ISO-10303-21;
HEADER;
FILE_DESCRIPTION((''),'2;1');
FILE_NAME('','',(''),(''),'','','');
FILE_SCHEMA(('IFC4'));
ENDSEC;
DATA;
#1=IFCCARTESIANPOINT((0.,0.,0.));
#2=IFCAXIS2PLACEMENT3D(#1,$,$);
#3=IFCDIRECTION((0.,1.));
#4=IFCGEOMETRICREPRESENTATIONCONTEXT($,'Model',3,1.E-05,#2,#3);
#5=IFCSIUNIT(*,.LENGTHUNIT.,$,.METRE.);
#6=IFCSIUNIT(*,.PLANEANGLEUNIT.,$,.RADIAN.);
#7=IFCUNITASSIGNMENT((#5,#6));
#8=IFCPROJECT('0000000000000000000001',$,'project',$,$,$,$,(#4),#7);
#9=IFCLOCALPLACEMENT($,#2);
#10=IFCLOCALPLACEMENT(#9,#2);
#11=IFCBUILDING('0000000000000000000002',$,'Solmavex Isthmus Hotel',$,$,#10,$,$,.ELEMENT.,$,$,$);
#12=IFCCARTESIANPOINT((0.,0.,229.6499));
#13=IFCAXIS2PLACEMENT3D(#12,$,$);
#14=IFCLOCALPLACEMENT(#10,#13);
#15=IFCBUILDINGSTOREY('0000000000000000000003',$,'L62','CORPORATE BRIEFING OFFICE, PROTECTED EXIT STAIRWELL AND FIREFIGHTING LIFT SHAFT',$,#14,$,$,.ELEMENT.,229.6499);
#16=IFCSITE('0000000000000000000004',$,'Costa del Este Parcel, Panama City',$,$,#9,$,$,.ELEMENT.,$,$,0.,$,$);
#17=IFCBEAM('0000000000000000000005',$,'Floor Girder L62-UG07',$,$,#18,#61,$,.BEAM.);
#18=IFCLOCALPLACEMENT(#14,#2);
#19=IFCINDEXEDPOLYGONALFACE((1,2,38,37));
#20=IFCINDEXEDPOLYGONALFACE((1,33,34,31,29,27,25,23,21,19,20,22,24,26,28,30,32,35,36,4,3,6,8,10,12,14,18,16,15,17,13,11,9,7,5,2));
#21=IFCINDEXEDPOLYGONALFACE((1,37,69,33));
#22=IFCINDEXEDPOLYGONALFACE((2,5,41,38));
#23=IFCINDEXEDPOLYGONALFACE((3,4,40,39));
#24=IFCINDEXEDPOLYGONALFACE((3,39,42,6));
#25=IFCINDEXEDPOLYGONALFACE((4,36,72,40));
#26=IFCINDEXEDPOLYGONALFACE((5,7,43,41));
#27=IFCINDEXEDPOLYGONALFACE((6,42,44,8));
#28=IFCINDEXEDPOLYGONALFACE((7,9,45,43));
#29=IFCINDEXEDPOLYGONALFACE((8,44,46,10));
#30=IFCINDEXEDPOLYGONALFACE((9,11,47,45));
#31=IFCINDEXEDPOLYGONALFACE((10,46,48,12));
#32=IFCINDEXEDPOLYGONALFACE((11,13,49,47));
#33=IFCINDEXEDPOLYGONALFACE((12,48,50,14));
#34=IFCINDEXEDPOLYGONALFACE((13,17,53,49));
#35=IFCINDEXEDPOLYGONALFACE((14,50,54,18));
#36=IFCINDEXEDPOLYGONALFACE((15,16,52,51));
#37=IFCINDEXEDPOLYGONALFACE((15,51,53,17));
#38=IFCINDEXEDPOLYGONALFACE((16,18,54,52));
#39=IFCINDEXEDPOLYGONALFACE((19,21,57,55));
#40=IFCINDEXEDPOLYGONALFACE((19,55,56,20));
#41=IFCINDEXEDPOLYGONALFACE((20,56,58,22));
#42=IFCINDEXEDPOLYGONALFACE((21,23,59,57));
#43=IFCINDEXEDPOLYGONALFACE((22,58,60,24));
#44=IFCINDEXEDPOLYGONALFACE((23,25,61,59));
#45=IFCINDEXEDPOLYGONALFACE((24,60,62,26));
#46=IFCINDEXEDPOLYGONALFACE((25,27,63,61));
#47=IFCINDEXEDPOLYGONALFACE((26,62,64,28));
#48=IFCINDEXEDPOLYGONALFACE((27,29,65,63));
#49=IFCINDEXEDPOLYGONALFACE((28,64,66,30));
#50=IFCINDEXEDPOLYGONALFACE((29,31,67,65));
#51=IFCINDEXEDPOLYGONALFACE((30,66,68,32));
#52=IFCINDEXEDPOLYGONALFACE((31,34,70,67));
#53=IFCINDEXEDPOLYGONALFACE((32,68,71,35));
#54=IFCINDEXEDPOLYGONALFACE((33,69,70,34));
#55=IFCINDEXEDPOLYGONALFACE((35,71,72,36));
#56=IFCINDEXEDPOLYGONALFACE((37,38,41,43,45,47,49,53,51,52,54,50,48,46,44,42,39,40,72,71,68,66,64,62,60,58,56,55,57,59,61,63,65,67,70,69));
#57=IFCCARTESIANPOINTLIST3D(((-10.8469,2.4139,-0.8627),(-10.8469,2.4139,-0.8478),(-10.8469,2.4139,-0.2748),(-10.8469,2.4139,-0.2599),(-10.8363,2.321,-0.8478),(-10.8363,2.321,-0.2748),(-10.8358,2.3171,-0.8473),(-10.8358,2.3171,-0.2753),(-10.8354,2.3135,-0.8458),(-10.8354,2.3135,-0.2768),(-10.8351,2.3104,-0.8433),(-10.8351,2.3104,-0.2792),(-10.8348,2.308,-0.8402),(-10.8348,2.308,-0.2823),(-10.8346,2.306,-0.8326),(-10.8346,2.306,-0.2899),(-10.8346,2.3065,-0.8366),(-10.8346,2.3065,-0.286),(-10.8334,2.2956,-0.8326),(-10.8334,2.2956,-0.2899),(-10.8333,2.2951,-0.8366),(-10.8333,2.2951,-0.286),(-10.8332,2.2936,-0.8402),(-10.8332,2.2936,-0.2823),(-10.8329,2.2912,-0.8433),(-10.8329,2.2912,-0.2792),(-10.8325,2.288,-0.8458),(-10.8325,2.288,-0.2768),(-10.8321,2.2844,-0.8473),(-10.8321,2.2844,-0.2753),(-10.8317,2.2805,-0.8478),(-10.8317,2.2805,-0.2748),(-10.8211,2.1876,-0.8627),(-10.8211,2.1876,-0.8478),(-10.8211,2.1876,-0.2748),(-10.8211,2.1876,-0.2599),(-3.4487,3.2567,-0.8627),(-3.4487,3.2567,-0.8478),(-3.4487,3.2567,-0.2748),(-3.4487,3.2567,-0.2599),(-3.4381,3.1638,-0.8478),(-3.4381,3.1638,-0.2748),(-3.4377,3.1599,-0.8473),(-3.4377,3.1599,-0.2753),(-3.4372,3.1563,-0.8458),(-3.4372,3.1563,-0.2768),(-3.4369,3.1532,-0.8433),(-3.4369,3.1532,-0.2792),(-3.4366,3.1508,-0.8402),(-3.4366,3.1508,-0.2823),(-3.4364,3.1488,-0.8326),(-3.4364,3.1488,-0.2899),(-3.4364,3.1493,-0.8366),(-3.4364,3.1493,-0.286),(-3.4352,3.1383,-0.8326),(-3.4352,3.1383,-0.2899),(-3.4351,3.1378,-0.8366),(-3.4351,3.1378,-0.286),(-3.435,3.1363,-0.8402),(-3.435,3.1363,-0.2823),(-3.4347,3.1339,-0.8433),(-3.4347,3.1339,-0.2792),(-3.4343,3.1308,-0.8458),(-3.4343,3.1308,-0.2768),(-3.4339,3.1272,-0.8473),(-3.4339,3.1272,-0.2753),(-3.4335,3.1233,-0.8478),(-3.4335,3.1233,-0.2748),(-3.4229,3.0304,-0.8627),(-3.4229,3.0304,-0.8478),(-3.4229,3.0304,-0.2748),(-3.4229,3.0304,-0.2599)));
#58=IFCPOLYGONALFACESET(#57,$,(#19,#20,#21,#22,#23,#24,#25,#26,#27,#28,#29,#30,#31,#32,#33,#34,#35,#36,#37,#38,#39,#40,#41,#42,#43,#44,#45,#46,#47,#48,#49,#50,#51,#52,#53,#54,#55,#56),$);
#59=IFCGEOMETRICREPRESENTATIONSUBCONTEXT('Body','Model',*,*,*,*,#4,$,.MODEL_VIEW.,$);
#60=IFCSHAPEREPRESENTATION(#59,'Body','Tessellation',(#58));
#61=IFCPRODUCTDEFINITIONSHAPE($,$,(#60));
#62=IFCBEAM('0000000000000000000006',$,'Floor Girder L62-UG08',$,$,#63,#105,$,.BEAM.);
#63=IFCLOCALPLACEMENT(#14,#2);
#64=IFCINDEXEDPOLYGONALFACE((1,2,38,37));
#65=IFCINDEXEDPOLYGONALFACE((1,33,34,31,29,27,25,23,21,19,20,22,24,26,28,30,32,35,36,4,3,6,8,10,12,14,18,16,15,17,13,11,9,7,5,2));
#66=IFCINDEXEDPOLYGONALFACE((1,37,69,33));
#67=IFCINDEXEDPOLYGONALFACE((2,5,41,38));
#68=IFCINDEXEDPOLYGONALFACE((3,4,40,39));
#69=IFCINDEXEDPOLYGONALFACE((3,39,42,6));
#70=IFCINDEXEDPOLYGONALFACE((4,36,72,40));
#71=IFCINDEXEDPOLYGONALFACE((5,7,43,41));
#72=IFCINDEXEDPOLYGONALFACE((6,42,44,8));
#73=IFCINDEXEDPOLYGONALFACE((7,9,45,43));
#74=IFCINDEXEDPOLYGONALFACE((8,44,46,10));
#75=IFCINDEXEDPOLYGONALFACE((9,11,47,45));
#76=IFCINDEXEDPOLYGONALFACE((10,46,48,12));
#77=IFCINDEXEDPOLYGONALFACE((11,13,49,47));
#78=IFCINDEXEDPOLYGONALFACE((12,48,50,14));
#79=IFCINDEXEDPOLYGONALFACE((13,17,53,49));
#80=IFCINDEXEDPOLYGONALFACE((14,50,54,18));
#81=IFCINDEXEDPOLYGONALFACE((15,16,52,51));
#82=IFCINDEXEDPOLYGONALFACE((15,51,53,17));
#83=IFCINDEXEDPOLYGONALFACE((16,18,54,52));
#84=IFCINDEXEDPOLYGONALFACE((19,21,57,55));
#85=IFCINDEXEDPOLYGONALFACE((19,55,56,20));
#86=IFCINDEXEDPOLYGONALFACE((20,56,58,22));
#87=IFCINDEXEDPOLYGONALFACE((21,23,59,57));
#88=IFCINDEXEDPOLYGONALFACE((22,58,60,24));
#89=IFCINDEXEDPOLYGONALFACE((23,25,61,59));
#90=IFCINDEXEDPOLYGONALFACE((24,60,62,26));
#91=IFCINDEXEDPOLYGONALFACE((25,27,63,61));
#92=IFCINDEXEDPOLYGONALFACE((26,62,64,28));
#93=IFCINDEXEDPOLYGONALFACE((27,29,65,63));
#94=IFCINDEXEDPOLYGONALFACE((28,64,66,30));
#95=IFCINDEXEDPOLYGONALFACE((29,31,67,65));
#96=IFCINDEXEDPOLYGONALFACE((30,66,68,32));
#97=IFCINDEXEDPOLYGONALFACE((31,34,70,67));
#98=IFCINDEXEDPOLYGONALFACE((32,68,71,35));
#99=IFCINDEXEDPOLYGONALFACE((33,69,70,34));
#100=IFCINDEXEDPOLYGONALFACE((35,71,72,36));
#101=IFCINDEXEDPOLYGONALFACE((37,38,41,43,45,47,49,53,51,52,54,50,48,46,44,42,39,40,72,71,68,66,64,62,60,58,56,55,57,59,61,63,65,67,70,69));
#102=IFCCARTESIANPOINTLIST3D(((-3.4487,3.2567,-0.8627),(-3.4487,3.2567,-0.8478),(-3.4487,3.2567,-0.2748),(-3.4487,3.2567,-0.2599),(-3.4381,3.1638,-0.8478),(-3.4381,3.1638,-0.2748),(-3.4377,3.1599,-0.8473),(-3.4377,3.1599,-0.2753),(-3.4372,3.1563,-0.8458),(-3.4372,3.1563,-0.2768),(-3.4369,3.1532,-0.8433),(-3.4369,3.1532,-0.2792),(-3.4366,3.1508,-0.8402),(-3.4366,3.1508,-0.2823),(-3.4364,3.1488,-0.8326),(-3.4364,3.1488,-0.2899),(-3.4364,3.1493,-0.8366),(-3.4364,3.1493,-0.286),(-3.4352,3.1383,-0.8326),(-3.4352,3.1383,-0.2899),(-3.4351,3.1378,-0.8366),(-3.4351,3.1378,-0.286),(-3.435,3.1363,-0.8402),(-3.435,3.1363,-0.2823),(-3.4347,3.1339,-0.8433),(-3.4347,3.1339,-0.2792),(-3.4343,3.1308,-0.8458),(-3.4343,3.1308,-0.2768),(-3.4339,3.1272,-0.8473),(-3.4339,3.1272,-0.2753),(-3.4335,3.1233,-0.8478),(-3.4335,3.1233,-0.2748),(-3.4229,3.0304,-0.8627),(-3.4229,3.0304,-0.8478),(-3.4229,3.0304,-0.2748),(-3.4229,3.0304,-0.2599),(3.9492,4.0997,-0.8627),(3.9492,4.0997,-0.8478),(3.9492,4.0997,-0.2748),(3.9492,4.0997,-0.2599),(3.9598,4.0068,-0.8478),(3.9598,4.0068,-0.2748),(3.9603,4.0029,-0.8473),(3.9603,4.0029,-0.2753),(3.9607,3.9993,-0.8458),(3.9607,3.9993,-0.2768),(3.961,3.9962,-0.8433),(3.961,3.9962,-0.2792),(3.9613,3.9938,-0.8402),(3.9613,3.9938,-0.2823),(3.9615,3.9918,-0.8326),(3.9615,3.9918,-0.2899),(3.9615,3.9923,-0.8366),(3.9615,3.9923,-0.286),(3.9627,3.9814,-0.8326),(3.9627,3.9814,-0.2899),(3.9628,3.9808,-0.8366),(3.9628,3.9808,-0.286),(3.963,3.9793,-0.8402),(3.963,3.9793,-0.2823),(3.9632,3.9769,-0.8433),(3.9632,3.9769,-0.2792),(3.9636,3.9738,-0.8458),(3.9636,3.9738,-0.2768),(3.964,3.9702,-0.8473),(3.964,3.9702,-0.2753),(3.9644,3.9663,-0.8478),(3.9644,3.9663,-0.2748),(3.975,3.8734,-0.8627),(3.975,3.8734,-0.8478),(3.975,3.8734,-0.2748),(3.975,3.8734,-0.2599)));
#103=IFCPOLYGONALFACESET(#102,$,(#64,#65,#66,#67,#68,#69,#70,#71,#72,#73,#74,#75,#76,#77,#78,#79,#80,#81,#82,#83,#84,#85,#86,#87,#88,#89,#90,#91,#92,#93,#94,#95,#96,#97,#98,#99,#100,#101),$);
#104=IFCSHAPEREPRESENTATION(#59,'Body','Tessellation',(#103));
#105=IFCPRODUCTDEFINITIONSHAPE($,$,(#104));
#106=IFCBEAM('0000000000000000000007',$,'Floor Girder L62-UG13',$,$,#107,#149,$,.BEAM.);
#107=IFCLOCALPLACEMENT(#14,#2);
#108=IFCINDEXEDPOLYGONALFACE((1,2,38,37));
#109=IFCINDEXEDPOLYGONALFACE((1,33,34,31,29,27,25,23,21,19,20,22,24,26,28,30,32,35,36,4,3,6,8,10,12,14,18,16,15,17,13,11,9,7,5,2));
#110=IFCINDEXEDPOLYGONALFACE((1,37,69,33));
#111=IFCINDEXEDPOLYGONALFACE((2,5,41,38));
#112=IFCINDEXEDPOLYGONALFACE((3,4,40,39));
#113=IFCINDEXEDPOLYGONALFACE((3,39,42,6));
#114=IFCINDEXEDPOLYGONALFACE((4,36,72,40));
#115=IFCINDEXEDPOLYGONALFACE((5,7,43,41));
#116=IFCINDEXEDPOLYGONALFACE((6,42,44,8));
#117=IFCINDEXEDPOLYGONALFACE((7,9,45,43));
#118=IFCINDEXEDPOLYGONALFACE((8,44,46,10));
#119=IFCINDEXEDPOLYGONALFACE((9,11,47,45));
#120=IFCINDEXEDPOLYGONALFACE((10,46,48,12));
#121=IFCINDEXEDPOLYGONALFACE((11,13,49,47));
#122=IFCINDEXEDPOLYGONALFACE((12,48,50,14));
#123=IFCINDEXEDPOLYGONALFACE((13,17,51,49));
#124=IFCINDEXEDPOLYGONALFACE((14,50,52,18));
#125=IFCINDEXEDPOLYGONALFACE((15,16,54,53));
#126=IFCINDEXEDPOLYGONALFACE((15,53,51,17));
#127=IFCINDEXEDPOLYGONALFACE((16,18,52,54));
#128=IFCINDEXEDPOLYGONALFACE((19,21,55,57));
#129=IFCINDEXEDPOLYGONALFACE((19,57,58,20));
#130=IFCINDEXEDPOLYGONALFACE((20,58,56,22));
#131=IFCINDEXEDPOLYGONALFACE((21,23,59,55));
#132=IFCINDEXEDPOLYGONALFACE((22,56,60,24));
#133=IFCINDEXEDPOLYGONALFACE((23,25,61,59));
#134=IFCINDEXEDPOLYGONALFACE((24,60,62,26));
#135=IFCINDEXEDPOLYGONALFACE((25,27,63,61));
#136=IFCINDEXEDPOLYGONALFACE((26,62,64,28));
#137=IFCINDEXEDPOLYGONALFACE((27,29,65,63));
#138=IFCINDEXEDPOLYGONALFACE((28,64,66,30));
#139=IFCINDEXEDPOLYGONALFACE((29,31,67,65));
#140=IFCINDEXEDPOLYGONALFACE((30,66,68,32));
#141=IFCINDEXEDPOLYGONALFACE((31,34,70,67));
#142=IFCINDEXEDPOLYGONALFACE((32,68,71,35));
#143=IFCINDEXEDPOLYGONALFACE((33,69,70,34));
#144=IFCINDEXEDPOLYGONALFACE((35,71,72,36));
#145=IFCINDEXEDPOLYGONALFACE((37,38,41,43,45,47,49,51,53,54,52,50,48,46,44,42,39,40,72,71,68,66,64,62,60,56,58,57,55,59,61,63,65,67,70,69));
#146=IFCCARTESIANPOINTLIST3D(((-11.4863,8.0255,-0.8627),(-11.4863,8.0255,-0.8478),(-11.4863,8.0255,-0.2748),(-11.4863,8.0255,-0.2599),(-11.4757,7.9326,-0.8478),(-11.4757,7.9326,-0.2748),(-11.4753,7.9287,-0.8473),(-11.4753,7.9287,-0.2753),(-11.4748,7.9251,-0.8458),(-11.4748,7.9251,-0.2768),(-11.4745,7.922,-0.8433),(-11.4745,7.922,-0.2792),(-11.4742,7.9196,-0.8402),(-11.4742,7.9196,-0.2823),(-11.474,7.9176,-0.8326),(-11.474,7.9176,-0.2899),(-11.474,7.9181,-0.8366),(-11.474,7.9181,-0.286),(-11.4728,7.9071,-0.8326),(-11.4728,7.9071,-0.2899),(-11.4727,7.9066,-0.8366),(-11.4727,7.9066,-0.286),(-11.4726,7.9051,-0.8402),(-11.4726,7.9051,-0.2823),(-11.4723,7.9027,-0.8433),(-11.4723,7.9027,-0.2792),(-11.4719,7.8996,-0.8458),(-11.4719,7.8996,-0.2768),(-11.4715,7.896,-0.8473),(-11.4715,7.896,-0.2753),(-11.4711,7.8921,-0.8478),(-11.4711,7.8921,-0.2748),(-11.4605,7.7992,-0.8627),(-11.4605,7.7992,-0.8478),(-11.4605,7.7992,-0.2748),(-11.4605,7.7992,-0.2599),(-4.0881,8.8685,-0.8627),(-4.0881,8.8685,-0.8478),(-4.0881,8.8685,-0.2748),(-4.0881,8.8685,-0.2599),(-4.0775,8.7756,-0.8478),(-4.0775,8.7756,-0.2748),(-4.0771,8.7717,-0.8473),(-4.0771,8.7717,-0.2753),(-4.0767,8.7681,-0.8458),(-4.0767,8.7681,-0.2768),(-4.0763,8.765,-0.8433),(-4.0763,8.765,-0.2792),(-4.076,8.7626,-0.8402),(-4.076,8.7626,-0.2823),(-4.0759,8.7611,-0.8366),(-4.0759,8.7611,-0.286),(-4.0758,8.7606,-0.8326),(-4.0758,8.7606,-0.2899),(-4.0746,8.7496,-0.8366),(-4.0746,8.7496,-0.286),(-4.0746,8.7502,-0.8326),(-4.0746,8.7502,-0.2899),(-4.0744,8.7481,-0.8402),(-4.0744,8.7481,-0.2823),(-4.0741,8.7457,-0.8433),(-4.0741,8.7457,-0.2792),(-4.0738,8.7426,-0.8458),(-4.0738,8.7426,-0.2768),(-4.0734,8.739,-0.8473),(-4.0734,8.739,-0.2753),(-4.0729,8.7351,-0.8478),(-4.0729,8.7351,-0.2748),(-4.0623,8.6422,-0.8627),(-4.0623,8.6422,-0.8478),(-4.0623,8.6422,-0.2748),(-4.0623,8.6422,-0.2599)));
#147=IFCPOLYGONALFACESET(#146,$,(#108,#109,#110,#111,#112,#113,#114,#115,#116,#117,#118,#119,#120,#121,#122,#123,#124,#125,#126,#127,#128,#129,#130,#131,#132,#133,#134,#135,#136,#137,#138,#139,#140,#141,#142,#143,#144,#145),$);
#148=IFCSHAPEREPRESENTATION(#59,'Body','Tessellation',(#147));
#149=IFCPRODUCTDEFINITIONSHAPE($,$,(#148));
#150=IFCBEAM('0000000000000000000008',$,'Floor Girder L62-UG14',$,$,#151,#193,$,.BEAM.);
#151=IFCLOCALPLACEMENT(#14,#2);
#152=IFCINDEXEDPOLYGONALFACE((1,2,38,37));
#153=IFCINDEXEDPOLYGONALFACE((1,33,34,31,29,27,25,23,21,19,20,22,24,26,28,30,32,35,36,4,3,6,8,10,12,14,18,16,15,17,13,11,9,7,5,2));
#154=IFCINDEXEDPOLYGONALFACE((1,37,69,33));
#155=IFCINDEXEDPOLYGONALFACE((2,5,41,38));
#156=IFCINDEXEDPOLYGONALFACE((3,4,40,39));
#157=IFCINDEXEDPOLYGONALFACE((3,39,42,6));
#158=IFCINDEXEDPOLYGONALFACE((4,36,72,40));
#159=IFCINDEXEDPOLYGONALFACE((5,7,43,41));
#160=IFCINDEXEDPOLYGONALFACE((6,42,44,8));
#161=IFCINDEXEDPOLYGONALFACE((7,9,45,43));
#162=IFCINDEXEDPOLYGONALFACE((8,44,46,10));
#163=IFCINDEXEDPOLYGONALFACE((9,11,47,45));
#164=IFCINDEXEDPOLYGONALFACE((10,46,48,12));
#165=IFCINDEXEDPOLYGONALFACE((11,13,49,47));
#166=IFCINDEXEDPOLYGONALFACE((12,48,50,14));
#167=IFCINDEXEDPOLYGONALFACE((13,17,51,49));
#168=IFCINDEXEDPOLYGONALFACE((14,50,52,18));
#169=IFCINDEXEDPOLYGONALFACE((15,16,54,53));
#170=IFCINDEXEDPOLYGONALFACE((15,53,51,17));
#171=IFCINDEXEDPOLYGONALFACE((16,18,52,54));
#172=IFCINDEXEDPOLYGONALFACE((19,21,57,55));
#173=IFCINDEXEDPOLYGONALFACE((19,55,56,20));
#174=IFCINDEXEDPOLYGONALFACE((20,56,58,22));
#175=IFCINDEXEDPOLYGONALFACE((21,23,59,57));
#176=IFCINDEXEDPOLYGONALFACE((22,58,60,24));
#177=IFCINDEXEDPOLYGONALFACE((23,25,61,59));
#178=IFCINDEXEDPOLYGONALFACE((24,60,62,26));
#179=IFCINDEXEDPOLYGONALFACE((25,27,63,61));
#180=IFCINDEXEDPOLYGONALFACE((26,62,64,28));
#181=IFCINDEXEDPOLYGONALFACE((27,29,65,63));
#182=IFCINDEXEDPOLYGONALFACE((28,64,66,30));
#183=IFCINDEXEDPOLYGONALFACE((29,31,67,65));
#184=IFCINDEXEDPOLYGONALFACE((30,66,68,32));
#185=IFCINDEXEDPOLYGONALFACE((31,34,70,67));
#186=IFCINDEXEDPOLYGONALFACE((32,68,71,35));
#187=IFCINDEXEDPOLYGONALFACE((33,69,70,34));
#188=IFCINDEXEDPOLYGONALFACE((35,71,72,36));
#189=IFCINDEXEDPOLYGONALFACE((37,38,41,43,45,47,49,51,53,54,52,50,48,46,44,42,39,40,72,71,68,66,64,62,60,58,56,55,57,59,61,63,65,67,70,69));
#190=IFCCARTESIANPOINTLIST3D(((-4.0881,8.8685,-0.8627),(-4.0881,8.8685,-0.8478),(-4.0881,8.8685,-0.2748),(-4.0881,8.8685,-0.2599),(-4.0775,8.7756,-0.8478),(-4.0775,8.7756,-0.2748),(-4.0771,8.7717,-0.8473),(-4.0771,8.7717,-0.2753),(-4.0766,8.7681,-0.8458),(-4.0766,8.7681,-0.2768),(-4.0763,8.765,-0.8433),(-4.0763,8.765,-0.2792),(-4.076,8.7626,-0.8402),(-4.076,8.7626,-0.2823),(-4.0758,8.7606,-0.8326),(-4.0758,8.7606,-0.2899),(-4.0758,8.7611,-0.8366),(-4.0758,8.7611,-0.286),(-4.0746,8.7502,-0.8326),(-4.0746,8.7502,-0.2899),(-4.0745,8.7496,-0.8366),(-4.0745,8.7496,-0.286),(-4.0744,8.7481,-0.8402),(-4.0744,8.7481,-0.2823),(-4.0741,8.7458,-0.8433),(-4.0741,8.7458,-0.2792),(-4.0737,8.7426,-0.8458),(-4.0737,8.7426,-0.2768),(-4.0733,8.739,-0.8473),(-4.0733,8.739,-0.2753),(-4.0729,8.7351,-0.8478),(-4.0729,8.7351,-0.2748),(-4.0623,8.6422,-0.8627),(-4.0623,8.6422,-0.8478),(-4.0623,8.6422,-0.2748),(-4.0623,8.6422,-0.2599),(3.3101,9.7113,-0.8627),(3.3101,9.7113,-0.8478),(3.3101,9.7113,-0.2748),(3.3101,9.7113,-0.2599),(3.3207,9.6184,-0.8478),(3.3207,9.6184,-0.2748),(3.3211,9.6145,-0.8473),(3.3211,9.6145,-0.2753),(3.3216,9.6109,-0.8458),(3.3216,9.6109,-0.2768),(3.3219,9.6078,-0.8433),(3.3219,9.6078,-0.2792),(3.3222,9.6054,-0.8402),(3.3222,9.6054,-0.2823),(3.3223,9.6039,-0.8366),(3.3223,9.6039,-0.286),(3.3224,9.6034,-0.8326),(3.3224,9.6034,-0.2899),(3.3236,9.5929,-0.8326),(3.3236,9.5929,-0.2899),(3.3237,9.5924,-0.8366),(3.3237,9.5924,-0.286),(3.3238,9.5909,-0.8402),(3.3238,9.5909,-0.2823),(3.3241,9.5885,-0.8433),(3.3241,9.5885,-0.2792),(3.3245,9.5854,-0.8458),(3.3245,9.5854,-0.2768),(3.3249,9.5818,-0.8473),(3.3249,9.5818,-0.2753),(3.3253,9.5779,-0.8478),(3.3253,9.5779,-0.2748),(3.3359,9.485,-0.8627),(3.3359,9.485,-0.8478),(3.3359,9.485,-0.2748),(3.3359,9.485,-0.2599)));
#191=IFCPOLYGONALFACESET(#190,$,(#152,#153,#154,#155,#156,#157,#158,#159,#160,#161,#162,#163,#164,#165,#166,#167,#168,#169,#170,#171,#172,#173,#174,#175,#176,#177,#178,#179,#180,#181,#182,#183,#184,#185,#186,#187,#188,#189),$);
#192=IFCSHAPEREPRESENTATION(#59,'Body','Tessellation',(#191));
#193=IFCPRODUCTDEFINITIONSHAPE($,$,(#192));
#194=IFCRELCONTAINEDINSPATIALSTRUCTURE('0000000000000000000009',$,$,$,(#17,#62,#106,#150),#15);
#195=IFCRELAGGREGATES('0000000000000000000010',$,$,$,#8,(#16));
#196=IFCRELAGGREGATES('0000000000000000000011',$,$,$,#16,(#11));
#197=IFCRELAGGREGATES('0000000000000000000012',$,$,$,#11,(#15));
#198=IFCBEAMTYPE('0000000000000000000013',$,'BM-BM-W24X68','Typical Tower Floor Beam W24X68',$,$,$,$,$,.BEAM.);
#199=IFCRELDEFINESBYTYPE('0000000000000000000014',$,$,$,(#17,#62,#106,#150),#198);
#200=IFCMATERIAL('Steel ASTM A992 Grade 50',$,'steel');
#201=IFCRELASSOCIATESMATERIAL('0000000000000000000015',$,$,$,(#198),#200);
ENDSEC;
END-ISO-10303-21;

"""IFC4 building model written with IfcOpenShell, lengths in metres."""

from ifc_helpers import new_model, si_unit, direction, frame, origin, origin_2d, place, context, subcontext, project, spatial, i_section, extrude, material, material_profile, profile_set, type_object, element, save


model = new_model("IFC4")

# Units and contexts
model_context = context("Model", 3, precision=1e-05, world=origin(), true_north=direction((0.0, 1.0)))
body_context = subcontext(model_context, "Body", "Model", "MODEL_VIEW")
ifc_project = project(units=[si_unit("LENGTHUNIT", "METRE"), si_unit("PLANEANGLEUNIT", "RADIAN")], contexts=[model_context])

# Site, building, storey
site_placement = place(None, origin())
site = spatial("IfcSite", under=ifc_project, at=site_placement, Name="Costa del Este Parcel, Panama City", CompositionType="ELEMENT", RefElevation=0.0)
building_placement = place(site_placement, origin())
building = spatial("IfcBuilding", under=site, at=building_placement, Name="Solmavex Isthmus Hotel", CompositionType="ELEMENT")
storey_placement = place(building_placement, frame((0.0, 0.0, 229.6499)))
storey = spatial("IfcBuildingStorey", under=building, at=storey_placement, Name="L62", Description="CORPORATE BRIEFING OFFICE, PROTECTED EXIT STAIRWELL AND FIREFIGHTING LIFT SHAFT", CompositionType="ELEMENT", Elevation=229.6499)

# Beams
ifc_material_1 = material(Name="Steel ASTM A992 Grade 50", Category="steel")
ifc_material_profile_1 = material_profile(ifc_material_1, i_section(OverallWidth=0.2278, OverallDepth=0.6028, WebThickness=0.0105, FlangeThickness=0.0149, FilletRadius=0.0151, at=origin_2d()), Name="W24X68")
ifc_profile_set_1 = profile_set([ifc_material_profile_1], Name="Steel ASTM A992 Grade 50")
beam_type_1 = type_object("IfcBeamType", Name="BM-BM-W24X68", Description="Typical Tower Floor Beam W24X68", PredefinedType="BEAM", material=ifc_profile_set_1)
beam_1_placement = place(storey_placement, frame((-10.834, 2.3008, -0.5613), z_axis=(0.993574, 0.113184, 0.0), x_axis=(-0.113184, 0.993574, 0.0)))
element("IfcBeam", 1, at=beam_1_placement, inside=storey, type_object=beam_type_1, Name="Floor Girder L62-UG07", PredefinedType="BEAM", context=body_context, shape_type="SweptSolid", body=[
    extrude(i_section(OverallWidth=0.2278, OverallDepth=0.6028, WebThickness=0.0105, FlangeThickness=0.0149, FilletRadius=0.0151, at=origin_2d()), origin(), (0.0, 0.0, 1.0), 7.446),
])
beam_2_placement = place(storey_placement, frame((-3.4358, 3.1436, -0.5613), z_axis=(0.99357, 0.11322, 0.0), x_axis=(-0.11322, 0.99357, 0.0)))
element("IfcBeam", 2, at=beam_2_placement, inside=storey, type_object=beam_type_1, Name="Floor Girder L62-UG08", PredefinedType="BEAM", context=body_context, shape_type="SweptSolid", body=[
    extrude(i_section(OverallWidth=0.2278, OverallDepth=0.6028, WebThickness=0.0105, FlangeThickness=0.0149, FilletRadius=0.0151, at=origin_2d()), origin(), (0.0, 0.0, 1.0), 7.4458),
])
for number, where, z_axis, x_axis, name in (
    (3, (-11.4734, 7.9124, -0.5613), (0.99357, 0.113216, 0.0), (-0.113216, 0.99357, 0.0), "Floor Girder L62-UG13"),
    (4, (-4.0752, 8.7554, -0.5613), (0.993574, 0.113184, 0.0), (-0.113184, 0.993574, 0.0), "Floor Girder L62-UG14"),
):
    element("IfcBeam", number, at=place(storey_placement, frame(where, z_axis=z_axis, x_axis=x_axis)), inside=storey, type_object=beam_type_1, Name=name, PredefinedType="BEAM", context=body_context, shape_type="SweptSolid", body=[
        extrude(i_section(OverallWidth=0.2278, OverallDepth=0.6028, WebThickness=0.0105, FlangeThickness=0.0149, FilletRadius=0.0151, at=origin_2d()), origin(), (0.0, 0.0, 1.0), 7.446),
    ])

save(model, "model.ifc")
